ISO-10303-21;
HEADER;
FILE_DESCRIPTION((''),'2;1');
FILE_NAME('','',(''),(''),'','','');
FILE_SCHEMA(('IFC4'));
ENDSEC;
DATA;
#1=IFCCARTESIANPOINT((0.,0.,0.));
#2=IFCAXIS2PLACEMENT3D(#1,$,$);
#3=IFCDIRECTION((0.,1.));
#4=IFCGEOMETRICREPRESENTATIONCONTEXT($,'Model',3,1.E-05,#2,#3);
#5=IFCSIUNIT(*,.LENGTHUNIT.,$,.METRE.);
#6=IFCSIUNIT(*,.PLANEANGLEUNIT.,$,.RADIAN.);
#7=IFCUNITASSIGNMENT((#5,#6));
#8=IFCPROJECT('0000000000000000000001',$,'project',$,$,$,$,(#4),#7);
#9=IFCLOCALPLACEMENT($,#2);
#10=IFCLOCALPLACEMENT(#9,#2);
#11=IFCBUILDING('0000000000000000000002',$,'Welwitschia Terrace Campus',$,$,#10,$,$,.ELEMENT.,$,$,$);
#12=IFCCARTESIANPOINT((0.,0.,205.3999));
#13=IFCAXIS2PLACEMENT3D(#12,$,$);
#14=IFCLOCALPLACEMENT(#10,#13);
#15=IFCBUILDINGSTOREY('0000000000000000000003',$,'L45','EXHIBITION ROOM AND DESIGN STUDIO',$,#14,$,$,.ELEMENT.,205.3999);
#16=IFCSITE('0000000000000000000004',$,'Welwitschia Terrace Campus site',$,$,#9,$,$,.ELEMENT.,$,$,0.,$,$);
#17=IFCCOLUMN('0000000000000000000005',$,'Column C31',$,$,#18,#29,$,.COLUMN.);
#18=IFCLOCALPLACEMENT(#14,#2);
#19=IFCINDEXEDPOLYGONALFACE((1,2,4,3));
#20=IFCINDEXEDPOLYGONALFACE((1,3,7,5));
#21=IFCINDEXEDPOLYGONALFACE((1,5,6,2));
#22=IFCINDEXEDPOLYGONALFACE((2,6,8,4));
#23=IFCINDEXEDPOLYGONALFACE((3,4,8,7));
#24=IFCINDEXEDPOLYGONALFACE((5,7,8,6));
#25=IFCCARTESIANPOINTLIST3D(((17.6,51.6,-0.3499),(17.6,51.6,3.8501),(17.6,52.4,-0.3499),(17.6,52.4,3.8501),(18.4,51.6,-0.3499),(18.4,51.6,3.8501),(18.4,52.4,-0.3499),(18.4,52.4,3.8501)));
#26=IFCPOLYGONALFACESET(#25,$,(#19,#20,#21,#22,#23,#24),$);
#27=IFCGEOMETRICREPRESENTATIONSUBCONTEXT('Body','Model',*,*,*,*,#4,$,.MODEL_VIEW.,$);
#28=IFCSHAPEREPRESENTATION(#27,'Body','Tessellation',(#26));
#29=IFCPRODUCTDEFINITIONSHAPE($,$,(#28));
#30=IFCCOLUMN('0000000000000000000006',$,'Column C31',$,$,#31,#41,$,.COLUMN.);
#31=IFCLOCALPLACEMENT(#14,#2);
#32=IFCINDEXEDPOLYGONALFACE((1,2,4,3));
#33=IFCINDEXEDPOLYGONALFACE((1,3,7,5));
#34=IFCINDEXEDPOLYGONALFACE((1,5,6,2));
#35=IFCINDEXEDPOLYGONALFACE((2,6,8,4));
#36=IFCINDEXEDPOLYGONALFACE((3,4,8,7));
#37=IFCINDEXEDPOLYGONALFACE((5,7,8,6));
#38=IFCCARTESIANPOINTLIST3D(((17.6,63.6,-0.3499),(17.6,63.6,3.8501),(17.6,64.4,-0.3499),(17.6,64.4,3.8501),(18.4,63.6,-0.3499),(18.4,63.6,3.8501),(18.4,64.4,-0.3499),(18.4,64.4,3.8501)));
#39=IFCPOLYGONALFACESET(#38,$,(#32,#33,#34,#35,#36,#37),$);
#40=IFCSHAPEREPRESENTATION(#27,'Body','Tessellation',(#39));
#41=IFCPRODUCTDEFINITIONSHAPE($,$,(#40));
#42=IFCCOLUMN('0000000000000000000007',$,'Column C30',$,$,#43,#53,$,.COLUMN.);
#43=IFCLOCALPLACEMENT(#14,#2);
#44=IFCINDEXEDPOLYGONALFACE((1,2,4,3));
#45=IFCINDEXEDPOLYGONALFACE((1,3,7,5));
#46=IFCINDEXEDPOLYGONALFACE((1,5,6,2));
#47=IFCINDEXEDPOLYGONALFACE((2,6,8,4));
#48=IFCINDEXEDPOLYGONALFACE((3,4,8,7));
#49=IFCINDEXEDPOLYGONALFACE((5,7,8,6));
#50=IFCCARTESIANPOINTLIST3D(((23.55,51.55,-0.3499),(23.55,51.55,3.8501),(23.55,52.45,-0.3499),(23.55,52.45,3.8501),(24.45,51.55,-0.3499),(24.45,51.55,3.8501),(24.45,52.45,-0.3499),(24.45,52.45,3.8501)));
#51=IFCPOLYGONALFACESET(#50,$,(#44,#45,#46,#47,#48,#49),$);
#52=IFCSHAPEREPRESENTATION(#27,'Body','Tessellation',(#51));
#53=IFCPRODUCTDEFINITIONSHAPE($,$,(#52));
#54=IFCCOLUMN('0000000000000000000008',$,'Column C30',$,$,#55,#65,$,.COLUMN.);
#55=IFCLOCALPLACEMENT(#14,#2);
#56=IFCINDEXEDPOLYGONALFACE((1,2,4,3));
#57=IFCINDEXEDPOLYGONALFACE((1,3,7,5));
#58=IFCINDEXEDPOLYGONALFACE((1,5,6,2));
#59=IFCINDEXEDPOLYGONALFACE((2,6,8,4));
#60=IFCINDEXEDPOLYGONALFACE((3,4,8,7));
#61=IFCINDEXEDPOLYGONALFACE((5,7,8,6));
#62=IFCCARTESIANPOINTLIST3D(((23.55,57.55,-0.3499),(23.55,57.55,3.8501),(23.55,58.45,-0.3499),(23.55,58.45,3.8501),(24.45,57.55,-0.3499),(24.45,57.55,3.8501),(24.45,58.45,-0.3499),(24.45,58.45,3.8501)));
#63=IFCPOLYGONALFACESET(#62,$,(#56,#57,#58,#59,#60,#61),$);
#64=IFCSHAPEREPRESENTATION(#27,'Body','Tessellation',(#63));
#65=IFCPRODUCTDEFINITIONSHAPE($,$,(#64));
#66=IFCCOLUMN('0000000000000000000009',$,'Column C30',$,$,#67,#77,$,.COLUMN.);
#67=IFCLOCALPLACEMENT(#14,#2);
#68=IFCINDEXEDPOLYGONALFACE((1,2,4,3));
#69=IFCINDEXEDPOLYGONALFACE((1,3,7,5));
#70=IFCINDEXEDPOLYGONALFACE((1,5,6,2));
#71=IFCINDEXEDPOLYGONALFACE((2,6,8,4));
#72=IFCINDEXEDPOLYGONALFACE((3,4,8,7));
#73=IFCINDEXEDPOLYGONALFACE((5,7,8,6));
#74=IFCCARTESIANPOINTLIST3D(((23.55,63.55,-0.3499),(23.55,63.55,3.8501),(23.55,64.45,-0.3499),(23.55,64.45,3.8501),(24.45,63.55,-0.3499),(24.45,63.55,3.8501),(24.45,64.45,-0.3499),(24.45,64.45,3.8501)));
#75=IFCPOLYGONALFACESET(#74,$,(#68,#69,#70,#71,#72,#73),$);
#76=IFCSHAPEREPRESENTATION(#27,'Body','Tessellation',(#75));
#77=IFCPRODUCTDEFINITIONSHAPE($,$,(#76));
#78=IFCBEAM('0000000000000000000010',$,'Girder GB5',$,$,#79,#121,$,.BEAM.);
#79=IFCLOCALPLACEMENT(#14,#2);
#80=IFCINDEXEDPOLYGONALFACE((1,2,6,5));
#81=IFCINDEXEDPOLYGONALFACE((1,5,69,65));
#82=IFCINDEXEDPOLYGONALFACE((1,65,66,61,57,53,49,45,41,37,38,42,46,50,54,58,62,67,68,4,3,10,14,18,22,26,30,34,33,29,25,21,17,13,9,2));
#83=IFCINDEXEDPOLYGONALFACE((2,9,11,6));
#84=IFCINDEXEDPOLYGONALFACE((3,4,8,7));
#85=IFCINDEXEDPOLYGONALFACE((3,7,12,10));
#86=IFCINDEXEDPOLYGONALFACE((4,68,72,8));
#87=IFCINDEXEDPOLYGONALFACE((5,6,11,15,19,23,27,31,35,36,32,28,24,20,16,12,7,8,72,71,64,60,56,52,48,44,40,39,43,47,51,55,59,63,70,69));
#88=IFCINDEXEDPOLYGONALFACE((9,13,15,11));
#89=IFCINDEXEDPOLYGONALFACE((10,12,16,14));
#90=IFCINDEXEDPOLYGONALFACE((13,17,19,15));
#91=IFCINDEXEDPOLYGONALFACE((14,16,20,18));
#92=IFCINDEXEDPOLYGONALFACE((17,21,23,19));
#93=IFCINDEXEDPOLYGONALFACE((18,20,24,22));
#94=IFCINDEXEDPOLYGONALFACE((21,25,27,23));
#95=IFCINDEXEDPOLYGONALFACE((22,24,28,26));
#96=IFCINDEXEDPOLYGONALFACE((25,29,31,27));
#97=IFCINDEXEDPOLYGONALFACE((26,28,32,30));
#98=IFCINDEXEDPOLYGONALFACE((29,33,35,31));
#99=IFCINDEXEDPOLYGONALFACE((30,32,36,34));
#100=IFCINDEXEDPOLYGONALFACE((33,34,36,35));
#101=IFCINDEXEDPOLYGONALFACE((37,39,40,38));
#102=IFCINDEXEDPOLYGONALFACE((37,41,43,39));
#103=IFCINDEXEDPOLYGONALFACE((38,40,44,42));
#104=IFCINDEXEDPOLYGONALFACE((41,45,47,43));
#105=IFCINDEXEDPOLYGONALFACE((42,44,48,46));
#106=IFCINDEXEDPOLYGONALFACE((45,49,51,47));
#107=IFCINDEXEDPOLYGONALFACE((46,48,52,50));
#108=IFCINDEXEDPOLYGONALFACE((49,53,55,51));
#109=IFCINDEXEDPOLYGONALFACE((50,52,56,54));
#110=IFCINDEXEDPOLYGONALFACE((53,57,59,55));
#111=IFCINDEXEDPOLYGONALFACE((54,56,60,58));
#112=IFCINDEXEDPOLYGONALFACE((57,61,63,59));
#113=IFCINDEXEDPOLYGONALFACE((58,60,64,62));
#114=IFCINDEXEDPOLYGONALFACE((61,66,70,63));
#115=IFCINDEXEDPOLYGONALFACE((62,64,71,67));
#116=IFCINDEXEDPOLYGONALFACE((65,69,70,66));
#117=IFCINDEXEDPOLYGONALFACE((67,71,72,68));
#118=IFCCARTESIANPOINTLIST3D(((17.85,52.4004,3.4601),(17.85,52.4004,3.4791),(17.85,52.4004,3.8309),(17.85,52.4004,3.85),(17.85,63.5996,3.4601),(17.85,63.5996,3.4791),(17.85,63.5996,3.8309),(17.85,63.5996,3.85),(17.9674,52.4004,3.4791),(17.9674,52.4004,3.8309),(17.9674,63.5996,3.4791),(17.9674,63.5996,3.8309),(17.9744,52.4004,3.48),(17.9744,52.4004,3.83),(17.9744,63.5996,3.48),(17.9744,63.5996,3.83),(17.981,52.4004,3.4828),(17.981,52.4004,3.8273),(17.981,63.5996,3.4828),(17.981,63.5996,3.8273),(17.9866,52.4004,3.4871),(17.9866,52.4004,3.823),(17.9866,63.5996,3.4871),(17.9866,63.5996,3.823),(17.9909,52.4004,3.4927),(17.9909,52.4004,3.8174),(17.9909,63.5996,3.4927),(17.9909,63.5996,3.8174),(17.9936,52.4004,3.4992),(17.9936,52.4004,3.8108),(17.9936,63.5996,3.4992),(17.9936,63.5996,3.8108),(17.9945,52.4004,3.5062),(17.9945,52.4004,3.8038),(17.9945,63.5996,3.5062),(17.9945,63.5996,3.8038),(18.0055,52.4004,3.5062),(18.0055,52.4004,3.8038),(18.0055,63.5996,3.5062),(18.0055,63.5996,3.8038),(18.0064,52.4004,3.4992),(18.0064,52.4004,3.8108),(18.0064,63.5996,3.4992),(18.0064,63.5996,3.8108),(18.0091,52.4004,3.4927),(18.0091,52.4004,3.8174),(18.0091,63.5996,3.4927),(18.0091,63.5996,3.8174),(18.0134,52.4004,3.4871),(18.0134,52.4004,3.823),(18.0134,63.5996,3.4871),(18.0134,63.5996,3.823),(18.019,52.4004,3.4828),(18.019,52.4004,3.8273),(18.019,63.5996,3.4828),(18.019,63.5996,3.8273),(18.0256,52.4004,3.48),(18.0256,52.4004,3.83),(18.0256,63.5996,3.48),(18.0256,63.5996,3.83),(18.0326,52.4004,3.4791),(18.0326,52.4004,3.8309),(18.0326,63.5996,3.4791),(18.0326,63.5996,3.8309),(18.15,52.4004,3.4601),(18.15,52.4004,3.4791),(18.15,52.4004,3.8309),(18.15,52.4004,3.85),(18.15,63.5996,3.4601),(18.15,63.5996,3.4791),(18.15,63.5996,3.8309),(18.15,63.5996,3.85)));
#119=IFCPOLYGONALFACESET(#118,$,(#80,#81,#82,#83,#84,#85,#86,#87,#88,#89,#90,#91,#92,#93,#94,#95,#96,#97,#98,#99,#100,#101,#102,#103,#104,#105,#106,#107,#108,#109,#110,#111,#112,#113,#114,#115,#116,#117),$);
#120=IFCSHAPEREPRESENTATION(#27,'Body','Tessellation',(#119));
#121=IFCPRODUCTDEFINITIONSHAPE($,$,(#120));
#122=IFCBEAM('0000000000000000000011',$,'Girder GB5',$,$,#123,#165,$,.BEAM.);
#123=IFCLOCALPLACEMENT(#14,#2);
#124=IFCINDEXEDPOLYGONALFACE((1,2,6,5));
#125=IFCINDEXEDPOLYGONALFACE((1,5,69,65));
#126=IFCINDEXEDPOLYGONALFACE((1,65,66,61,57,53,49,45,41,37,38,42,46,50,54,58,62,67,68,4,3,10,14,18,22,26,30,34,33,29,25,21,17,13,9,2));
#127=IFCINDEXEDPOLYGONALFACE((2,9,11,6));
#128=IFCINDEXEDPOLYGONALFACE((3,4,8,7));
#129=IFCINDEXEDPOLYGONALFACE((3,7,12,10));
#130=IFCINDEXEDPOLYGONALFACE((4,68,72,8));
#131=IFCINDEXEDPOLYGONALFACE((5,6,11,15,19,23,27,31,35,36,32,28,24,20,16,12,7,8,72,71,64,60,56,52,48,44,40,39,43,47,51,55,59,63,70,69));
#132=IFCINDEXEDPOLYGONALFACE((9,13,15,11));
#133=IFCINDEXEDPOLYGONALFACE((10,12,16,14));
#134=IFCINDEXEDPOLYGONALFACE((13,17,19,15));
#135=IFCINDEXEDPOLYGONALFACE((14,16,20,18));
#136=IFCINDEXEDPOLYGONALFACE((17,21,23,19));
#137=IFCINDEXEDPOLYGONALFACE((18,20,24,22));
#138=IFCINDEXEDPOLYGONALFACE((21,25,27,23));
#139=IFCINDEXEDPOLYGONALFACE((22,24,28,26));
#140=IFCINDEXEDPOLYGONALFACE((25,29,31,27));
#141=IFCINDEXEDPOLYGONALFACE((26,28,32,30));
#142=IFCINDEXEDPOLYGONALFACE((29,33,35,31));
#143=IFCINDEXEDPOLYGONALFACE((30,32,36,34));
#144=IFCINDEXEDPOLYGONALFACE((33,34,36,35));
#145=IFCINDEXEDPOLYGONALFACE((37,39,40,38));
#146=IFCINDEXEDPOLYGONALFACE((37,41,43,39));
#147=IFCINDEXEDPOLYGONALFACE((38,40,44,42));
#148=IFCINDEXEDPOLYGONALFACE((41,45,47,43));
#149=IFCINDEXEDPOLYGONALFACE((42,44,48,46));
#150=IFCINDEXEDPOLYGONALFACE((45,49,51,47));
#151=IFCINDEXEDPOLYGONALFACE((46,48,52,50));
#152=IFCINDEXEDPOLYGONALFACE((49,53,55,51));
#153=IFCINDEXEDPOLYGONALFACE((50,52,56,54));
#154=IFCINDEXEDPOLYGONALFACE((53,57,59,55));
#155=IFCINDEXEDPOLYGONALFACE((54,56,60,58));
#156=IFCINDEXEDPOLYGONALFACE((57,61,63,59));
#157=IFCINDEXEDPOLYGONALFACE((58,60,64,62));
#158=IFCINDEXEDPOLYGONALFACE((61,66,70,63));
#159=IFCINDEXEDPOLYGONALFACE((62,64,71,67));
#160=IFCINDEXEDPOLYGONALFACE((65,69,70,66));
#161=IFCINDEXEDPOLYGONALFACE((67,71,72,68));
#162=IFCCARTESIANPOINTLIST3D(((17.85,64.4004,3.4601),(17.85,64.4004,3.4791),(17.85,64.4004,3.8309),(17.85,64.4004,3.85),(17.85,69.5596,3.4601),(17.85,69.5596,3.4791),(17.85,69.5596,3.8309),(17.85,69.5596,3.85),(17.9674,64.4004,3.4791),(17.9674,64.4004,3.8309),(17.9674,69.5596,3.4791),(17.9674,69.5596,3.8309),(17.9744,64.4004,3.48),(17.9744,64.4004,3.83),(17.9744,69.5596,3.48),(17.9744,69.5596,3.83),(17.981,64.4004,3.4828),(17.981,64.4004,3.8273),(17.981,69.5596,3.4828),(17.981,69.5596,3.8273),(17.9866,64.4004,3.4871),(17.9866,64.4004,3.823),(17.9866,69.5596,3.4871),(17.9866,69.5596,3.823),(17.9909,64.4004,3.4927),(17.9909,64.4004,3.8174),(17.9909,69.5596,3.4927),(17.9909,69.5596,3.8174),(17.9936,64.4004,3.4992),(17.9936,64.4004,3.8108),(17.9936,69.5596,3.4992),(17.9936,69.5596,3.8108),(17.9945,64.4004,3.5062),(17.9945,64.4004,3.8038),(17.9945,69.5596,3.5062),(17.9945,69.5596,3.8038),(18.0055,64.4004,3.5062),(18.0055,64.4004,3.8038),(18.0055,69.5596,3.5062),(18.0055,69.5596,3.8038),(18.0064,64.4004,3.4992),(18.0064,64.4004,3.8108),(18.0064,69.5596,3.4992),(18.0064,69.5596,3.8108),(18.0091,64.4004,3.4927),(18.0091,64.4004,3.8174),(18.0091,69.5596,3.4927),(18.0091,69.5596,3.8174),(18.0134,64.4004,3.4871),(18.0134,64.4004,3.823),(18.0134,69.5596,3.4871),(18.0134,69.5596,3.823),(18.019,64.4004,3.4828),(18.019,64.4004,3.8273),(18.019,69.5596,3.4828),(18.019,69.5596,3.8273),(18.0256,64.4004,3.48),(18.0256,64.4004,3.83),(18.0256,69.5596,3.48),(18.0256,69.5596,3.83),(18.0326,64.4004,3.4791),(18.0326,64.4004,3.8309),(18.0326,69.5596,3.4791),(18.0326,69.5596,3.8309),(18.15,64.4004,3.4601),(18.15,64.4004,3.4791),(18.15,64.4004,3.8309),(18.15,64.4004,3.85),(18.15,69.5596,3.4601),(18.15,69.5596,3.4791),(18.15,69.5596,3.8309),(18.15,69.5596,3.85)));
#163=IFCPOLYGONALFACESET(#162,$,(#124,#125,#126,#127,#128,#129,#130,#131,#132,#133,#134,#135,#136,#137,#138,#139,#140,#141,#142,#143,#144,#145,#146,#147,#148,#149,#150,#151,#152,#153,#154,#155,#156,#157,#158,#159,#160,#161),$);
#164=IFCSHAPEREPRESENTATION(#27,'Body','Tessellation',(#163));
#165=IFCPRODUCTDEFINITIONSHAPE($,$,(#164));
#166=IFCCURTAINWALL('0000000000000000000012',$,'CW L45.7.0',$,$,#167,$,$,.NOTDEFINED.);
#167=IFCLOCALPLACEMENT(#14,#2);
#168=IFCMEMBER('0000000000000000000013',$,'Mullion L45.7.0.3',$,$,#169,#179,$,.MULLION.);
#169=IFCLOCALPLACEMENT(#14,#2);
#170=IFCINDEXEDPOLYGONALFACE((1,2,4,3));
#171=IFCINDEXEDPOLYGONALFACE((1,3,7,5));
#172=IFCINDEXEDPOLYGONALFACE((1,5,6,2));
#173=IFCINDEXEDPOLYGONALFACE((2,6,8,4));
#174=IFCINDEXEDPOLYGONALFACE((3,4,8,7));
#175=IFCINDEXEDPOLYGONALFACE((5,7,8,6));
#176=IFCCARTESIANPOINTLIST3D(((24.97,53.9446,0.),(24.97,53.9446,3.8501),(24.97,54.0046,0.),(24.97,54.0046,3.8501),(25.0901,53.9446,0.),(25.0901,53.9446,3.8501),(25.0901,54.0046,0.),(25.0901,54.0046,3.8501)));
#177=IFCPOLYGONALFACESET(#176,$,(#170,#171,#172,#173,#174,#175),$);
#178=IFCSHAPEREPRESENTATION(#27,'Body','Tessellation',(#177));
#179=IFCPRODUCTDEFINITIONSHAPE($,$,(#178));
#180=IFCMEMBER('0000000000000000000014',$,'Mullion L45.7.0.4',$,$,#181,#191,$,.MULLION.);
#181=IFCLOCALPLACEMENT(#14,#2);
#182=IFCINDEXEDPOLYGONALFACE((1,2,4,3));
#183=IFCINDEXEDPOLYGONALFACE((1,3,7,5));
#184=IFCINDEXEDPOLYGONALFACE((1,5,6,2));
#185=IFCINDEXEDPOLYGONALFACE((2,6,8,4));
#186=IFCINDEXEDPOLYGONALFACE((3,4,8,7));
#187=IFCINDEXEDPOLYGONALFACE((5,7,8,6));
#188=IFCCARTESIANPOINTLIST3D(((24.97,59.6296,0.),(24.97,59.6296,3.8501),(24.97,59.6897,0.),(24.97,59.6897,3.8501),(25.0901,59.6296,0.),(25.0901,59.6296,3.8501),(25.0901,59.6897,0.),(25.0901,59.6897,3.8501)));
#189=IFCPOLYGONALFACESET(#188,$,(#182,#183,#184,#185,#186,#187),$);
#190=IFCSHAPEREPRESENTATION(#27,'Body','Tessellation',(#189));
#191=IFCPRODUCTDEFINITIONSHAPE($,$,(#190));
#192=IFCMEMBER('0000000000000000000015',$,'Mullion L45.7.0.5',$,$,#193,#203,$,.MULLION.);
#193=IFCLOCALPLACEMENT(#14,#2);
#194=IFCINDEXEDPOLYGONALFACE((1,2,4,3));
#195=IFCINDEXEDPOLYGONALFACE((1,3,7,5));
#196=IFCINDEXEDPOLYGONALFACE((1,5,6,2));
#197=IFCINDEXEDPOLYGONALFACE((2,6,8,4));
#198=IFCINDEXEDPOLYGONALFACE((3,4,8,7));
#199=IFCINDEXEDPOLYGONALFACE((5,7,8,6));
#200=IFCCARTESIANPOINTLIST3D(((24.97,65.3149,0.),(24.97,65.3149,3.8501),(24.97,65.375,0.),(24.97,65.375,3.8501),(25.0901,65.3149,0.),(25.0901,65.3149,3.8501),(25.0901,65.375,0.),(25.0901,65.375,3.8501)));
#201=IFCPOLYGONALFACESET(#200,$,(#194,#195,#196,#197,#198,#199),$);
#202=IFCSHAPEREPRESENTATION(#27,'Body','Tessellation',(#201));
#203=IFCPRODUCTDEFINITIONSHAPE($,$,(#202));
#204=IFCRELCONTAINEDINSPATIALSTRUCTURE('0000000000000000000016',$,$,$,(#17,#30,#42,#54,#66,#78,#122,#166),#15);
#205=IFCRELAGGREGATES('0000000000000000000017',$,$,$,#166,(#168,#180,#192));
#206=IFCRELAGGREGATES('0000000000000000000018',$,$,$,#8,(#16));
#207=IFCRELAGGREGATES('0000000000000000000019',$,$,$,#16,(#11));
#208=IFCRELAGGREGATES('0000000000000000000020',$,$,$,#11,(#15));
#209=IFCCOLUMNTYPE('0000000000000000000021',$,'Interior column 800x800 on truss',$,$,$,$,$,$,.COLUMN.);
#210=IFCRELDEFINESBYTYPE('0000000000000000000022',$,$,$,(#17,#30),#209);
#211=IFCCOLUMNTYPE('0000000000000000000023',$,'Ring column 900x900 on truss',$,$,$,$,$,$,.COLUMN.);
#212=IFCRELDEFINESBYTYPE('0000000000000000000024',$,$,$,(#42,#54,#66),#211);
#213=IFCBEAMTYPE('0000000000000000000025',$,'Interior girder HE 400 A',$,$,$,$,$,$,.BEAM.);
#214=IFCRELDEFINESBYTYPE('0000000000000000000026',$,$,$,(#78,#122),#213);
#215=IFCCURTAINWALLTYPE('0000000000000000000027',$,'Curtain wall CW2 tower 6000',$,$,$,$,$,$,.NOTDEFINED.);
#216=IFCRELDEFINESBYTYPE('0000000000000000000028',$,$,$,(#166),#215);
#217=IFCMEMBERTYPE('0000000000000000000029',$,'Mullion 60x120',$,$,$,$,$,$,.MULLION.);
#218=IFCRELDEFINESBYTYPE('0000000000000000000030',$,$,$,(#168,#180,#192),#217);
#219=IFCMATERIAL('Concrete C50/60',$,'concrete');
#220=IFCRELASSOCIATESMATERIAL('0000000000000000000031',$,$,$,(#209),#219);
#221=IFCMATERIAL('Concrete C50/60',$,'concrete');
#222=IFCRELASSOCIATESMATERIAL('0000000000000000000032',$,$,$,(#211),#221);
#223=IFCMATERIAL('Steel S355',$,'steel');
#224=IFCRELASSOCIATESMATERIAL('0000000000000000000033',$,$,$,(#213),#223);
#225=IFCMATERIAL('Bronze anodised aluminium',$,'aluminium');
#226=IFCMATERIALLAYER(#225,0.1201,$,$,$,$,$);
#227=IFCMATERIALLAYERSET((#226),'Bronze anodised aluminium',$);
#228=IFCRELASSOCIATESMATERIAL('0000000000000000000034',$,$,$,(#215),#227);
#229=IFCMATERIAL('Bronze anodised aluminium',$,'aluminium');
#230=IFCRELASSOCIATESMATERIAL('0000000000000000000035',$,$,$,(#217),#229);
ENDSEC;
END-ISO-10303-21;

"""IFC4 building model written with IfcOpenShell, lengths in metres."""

from ifc_helpers import new_model, si_unit, direction, frame, origin, origin_2d, place, context, subcontext, project, spatial, rectangle, i_section, extrude, material, layer, layer_set, material_profile, profile_set, type_object, element, aggregate, save


model = new_model("IFC4")

# Units and contexts
model_context = context("Model", 3, precision=1e-05, world=origin(), true_north=direction((0.0, 1.0)))
body_context = subcontext(model_context, "Body", "Model", "MODEL_VIEW")
ifc_project = project(units=[si_unit("LENGTHUNIT", "METRE"), si_unit("PLANEANGLEUNIT", "RADIAN")], contexts=[model_context])

# Site, building, storey
site_placement = place(None, origin())
site = spatial("IfcSite", under=ifc_project, at=site_placement, Name="Welwitschia Terrace Campus site", CompositionType="ELEMENT", RefElevation=0.0)
building_placement = place(site_placement, origin())
building = spatial("IfcBuilding", under=site, at=building_placement, Name="Welwitschia Terrace Campus", CompositionType="ELEMENT")
storey_placement = place(building_placement, frame((0.0, 0.0, 205.3999)))
storey = spatial("IfcBuildingStorey", under=building, at=storey_placement, Name="L45", Description="EXHIBITION ROOM AND DESIGN STUDIO", CompositionType="ELEMENT", Elevation=205.3999)

# Columns
ifc_material_1 = material(Name="Concrete C50/60", Category="concrete")
ifc_material_profile_1 = material_profile(ifc_material_1, rectangle(XDim=0.8, YDim=0.8, at=origin_2d()))
ifc_profile_set_1 = profile_set([ifc_material_profile_1], Name="Concrete C50/60")
column_type_1 = type_object("IfcColumnType", Name="Interior column 800x800 on truss", PredefinedType="COLUMN", material=ifc_profile_set_1)
for number, where, z_axis, x_axis, name in (
    (1, (18.0, 52.0, -0.3499), (0.0, 0.0, 1.0), (1.0, 0.0, 0.0), "Column C31"),
    (2, (18.0, 64.0, -0.3499), (0.0, 0.0, 1.0), (1.0, 0.0, 0.0), "Column C31"),
):
    element("IfcColumn", number, at=place(storey_placement, frame(where, z_axis=z_axis, x_axis=x_axis)), inside=storey, type_object=column_type_1, Name=name, PredefinedType="COLUMN", context=body_context, shape_type="SweptSolid", body=[
        extrude(rectangle(XDim=0.8, YDim=0.8, at=origin_2d()), origin(), (0.0, 0.0, 1.0), 4.2),
    ])
ifc_material_2 = material(Name="Concrete C50/60", Category="concrete")
ifc_material_profile_2 = material_profile(ifc_material_2, rectangle(XDim=0.8999, YDim=0.8999, at=origin_2d()))
ifc_profile_set_2 = profile_set([ifc_material_profile_2], Name="Concrete C50/60")
column_type_2 = type_object("IfcColumnType", Name="Ring column 900x900 on truss", PredefinedType="COLUMN", material=ifc_profile_set_2)
for number, where, z_axis, x_axis, name in (
    (3, (24.0, 52.0, -0.3499), (0.0, 0.0, 1.0), (1.0, 0.0, 0.0), "Column C30"),
    (4, (24.0, 58.0, -0.3499), (0.0, 0.0, 1.0), (1.0, 0.0, 0.0), "Column C30"),
    (5, (24.0, 64.0, -0.3499), (0.0, 0.0, 1.0), (1.0, 0.0, 0.0), "Column C30"),
):
    element("IfcColumn", number, at=place(storey_placement, frame(where, z_axis=z_axis, x_axis=x_axis)), inside=storey, type_object=column_type_2, Name=name, PredefinedType="COLUMN", context=body_context, shape_type="SweptSolid", body=[
        extrude(rectangle(XDim=0.8999, YDim=0.8999, at=origin_2d()), origin(), (0.0, 0.0, 1.0), 4.2),
    ])

# Beams
ifc_material_3 = material(Name="Steel S355", Category="steel")
ifc_material_profile_3 = material_profile(ifc_material_3, i_section(OverallWidth=0.3, OverallDepth=0.3899, WebThickness=0.011, FlangeThickness=0.019, FilletRadius=0.0271, at=origin_2d()))
ifc_profile_set_3 = profile_set([ifc_material_profile_3], Name="Steel S355")
beam_type_1 = type_object("IfcBeamType", Name="Interior girder HE 400 A", PredefinedType="BEAM", material=ifc_profile_set_3)
beam_1_placement = place(storey_placement, frame((18.0, 52.4004, 3.655), z_axis=(0.0, 1.0, 0.0), x_axis=(-1.0, 0.0, 0.0)))
element("IfcBeam", 6, at=beam_1_placement, inside=storey, type_object=beam_type_1, Name="Girder GB5", PredefinedType="BEAM", context=body_context, shape_type="SweptSolid", body=[
    extrude(i_section(OverallWidth=0.3, OverallDepth=0.3899, WebThickness=0.011, FlangeThickness=0.019, FilletRadius=0.0271, at=origin_2d()), origin(), (0.0, 0.0, 1.0), 11.1992),
])
beam_2_placement = place(storey_placement, frame((18.0, 64.4004, 3.655), z_axis=(0.0, 1.0, 0.0), x_axis=(-1.0, 0.0, 0.0)))
element("IfcBeam", 7, at=beam_2_placement, inside=storey, type_object=beam_type_1, Name="Girder GB5", PredefinedType="BEAM", context=body_context, shape_type="SweptSolid", body=[
    extrude(i_section(OverallWidth=0.3, OverallDepth=0.3899, WebThickness=0.011, FlangeThickness=0.019, FilletRadius=0.0271, at=origin_2d()), origin(), (0.0, 0.0, 1.0), 5.1592),
])

# Curtain wall, members
ifc_material_4 = material(Name="Bronze anodised aluminium", Category="aluminium")
ifc_layer_1 = layer(ifc_material_4, 0.1201)
ifc_layer_set_1 = layer_set([ifc_layer_1], Name="Bronze anodised aluminium")
curtain_wall_type = type_object("IfcCurtainWallType", Name="Curtain wall CW2 tower 6000", PredefinedType="NOTDEFINED", material=ifc_layer_set_1)
curtain_wall_placement = place(storey_placement, origin())
curtain_wall = element("IfcCurtainWall", 8, at=curtain_wall_placement, inside=storey, type_object=curtain_wall_type, Name="CW L45.7.0", PredefinedType="NOTDEFINED")
ifc_material_5 = material(Name="Bronze anodised aluminium", Category="aluminium")
ifc_material_profile_4 = material_profile(ifc_material_5, rectangle(XDim=0.1201, YDim=0.0601, at=origin_2d()))
ifc_profile_set_4 = profile_set([ifc_material_profile_4], Name="Bronze anodised aluminium")
member_type = type_object("IfcMemberType", Name="Mullion 60x120", PredefinedType="MULLION", material=ifc_profile_set_4)
member_1_placement = place(storey_placement, frame((25.03, 53.9746, 0.0), z_axis=(0.0, 0.0, 1.0), x_axis=(-1.0, 0.0, 0.0)))
member_1 = element("IfcMember", 9, at=member_1_placement, type_object=member_type, Name="Mullion L45.7.0.3", PredefinedType="MULLION", context=body_context, shape_type="SweptSolid", body=[
    extrude(rectangle(XDim=0.1201, YDim=0.0601, at=origin_2d()), origin(), (0.0, 0.0, 1.0), 3.8501),
])
member_2_placement = place(storey_placement, frame((25.03, 59.6597, 0.0), z_axis=(0.0, 0.0, 1.0), x_axis=(-1.0, 0.0, 0.0)))
member_2 = element("IfcMember", 10, at=member_2_placement, type_object=member_type, Name="Mullion L45.7.0.4", PredefinedType="MULLION", context=body_context, shape_type="SweptSolid", body=[
    extrude(rectangle(XDim=0.1201, YDim=0.0601, at=origin_2d()), origin(), (0.0, 0.0, 1.0), 3.8501),
])
member_3_placement = place(storey_placement, frame((25.03, 65.345, 0.0), z_axis=(0.0, 0.0, 1.0), x_axis=(-1.0, 0.0, 0.0)))
member_3 = element("IfcMember", 11, at=member_3_placement, type_object=member_type, Name="Mullion L45.7.0.5", PredefinedType="MULLION", context=body_context, shape_type="SweptSolid", body=[
    extrude(rectangle(XDim=0.1201, YDim=0.0601, at=origin_2d()), origin(), (0.0, 0.0, 1.0), 3.8501),
])

aggregate(curtain_wall, [member_1, member_2, member_3])

save(model, "model.ifc")
